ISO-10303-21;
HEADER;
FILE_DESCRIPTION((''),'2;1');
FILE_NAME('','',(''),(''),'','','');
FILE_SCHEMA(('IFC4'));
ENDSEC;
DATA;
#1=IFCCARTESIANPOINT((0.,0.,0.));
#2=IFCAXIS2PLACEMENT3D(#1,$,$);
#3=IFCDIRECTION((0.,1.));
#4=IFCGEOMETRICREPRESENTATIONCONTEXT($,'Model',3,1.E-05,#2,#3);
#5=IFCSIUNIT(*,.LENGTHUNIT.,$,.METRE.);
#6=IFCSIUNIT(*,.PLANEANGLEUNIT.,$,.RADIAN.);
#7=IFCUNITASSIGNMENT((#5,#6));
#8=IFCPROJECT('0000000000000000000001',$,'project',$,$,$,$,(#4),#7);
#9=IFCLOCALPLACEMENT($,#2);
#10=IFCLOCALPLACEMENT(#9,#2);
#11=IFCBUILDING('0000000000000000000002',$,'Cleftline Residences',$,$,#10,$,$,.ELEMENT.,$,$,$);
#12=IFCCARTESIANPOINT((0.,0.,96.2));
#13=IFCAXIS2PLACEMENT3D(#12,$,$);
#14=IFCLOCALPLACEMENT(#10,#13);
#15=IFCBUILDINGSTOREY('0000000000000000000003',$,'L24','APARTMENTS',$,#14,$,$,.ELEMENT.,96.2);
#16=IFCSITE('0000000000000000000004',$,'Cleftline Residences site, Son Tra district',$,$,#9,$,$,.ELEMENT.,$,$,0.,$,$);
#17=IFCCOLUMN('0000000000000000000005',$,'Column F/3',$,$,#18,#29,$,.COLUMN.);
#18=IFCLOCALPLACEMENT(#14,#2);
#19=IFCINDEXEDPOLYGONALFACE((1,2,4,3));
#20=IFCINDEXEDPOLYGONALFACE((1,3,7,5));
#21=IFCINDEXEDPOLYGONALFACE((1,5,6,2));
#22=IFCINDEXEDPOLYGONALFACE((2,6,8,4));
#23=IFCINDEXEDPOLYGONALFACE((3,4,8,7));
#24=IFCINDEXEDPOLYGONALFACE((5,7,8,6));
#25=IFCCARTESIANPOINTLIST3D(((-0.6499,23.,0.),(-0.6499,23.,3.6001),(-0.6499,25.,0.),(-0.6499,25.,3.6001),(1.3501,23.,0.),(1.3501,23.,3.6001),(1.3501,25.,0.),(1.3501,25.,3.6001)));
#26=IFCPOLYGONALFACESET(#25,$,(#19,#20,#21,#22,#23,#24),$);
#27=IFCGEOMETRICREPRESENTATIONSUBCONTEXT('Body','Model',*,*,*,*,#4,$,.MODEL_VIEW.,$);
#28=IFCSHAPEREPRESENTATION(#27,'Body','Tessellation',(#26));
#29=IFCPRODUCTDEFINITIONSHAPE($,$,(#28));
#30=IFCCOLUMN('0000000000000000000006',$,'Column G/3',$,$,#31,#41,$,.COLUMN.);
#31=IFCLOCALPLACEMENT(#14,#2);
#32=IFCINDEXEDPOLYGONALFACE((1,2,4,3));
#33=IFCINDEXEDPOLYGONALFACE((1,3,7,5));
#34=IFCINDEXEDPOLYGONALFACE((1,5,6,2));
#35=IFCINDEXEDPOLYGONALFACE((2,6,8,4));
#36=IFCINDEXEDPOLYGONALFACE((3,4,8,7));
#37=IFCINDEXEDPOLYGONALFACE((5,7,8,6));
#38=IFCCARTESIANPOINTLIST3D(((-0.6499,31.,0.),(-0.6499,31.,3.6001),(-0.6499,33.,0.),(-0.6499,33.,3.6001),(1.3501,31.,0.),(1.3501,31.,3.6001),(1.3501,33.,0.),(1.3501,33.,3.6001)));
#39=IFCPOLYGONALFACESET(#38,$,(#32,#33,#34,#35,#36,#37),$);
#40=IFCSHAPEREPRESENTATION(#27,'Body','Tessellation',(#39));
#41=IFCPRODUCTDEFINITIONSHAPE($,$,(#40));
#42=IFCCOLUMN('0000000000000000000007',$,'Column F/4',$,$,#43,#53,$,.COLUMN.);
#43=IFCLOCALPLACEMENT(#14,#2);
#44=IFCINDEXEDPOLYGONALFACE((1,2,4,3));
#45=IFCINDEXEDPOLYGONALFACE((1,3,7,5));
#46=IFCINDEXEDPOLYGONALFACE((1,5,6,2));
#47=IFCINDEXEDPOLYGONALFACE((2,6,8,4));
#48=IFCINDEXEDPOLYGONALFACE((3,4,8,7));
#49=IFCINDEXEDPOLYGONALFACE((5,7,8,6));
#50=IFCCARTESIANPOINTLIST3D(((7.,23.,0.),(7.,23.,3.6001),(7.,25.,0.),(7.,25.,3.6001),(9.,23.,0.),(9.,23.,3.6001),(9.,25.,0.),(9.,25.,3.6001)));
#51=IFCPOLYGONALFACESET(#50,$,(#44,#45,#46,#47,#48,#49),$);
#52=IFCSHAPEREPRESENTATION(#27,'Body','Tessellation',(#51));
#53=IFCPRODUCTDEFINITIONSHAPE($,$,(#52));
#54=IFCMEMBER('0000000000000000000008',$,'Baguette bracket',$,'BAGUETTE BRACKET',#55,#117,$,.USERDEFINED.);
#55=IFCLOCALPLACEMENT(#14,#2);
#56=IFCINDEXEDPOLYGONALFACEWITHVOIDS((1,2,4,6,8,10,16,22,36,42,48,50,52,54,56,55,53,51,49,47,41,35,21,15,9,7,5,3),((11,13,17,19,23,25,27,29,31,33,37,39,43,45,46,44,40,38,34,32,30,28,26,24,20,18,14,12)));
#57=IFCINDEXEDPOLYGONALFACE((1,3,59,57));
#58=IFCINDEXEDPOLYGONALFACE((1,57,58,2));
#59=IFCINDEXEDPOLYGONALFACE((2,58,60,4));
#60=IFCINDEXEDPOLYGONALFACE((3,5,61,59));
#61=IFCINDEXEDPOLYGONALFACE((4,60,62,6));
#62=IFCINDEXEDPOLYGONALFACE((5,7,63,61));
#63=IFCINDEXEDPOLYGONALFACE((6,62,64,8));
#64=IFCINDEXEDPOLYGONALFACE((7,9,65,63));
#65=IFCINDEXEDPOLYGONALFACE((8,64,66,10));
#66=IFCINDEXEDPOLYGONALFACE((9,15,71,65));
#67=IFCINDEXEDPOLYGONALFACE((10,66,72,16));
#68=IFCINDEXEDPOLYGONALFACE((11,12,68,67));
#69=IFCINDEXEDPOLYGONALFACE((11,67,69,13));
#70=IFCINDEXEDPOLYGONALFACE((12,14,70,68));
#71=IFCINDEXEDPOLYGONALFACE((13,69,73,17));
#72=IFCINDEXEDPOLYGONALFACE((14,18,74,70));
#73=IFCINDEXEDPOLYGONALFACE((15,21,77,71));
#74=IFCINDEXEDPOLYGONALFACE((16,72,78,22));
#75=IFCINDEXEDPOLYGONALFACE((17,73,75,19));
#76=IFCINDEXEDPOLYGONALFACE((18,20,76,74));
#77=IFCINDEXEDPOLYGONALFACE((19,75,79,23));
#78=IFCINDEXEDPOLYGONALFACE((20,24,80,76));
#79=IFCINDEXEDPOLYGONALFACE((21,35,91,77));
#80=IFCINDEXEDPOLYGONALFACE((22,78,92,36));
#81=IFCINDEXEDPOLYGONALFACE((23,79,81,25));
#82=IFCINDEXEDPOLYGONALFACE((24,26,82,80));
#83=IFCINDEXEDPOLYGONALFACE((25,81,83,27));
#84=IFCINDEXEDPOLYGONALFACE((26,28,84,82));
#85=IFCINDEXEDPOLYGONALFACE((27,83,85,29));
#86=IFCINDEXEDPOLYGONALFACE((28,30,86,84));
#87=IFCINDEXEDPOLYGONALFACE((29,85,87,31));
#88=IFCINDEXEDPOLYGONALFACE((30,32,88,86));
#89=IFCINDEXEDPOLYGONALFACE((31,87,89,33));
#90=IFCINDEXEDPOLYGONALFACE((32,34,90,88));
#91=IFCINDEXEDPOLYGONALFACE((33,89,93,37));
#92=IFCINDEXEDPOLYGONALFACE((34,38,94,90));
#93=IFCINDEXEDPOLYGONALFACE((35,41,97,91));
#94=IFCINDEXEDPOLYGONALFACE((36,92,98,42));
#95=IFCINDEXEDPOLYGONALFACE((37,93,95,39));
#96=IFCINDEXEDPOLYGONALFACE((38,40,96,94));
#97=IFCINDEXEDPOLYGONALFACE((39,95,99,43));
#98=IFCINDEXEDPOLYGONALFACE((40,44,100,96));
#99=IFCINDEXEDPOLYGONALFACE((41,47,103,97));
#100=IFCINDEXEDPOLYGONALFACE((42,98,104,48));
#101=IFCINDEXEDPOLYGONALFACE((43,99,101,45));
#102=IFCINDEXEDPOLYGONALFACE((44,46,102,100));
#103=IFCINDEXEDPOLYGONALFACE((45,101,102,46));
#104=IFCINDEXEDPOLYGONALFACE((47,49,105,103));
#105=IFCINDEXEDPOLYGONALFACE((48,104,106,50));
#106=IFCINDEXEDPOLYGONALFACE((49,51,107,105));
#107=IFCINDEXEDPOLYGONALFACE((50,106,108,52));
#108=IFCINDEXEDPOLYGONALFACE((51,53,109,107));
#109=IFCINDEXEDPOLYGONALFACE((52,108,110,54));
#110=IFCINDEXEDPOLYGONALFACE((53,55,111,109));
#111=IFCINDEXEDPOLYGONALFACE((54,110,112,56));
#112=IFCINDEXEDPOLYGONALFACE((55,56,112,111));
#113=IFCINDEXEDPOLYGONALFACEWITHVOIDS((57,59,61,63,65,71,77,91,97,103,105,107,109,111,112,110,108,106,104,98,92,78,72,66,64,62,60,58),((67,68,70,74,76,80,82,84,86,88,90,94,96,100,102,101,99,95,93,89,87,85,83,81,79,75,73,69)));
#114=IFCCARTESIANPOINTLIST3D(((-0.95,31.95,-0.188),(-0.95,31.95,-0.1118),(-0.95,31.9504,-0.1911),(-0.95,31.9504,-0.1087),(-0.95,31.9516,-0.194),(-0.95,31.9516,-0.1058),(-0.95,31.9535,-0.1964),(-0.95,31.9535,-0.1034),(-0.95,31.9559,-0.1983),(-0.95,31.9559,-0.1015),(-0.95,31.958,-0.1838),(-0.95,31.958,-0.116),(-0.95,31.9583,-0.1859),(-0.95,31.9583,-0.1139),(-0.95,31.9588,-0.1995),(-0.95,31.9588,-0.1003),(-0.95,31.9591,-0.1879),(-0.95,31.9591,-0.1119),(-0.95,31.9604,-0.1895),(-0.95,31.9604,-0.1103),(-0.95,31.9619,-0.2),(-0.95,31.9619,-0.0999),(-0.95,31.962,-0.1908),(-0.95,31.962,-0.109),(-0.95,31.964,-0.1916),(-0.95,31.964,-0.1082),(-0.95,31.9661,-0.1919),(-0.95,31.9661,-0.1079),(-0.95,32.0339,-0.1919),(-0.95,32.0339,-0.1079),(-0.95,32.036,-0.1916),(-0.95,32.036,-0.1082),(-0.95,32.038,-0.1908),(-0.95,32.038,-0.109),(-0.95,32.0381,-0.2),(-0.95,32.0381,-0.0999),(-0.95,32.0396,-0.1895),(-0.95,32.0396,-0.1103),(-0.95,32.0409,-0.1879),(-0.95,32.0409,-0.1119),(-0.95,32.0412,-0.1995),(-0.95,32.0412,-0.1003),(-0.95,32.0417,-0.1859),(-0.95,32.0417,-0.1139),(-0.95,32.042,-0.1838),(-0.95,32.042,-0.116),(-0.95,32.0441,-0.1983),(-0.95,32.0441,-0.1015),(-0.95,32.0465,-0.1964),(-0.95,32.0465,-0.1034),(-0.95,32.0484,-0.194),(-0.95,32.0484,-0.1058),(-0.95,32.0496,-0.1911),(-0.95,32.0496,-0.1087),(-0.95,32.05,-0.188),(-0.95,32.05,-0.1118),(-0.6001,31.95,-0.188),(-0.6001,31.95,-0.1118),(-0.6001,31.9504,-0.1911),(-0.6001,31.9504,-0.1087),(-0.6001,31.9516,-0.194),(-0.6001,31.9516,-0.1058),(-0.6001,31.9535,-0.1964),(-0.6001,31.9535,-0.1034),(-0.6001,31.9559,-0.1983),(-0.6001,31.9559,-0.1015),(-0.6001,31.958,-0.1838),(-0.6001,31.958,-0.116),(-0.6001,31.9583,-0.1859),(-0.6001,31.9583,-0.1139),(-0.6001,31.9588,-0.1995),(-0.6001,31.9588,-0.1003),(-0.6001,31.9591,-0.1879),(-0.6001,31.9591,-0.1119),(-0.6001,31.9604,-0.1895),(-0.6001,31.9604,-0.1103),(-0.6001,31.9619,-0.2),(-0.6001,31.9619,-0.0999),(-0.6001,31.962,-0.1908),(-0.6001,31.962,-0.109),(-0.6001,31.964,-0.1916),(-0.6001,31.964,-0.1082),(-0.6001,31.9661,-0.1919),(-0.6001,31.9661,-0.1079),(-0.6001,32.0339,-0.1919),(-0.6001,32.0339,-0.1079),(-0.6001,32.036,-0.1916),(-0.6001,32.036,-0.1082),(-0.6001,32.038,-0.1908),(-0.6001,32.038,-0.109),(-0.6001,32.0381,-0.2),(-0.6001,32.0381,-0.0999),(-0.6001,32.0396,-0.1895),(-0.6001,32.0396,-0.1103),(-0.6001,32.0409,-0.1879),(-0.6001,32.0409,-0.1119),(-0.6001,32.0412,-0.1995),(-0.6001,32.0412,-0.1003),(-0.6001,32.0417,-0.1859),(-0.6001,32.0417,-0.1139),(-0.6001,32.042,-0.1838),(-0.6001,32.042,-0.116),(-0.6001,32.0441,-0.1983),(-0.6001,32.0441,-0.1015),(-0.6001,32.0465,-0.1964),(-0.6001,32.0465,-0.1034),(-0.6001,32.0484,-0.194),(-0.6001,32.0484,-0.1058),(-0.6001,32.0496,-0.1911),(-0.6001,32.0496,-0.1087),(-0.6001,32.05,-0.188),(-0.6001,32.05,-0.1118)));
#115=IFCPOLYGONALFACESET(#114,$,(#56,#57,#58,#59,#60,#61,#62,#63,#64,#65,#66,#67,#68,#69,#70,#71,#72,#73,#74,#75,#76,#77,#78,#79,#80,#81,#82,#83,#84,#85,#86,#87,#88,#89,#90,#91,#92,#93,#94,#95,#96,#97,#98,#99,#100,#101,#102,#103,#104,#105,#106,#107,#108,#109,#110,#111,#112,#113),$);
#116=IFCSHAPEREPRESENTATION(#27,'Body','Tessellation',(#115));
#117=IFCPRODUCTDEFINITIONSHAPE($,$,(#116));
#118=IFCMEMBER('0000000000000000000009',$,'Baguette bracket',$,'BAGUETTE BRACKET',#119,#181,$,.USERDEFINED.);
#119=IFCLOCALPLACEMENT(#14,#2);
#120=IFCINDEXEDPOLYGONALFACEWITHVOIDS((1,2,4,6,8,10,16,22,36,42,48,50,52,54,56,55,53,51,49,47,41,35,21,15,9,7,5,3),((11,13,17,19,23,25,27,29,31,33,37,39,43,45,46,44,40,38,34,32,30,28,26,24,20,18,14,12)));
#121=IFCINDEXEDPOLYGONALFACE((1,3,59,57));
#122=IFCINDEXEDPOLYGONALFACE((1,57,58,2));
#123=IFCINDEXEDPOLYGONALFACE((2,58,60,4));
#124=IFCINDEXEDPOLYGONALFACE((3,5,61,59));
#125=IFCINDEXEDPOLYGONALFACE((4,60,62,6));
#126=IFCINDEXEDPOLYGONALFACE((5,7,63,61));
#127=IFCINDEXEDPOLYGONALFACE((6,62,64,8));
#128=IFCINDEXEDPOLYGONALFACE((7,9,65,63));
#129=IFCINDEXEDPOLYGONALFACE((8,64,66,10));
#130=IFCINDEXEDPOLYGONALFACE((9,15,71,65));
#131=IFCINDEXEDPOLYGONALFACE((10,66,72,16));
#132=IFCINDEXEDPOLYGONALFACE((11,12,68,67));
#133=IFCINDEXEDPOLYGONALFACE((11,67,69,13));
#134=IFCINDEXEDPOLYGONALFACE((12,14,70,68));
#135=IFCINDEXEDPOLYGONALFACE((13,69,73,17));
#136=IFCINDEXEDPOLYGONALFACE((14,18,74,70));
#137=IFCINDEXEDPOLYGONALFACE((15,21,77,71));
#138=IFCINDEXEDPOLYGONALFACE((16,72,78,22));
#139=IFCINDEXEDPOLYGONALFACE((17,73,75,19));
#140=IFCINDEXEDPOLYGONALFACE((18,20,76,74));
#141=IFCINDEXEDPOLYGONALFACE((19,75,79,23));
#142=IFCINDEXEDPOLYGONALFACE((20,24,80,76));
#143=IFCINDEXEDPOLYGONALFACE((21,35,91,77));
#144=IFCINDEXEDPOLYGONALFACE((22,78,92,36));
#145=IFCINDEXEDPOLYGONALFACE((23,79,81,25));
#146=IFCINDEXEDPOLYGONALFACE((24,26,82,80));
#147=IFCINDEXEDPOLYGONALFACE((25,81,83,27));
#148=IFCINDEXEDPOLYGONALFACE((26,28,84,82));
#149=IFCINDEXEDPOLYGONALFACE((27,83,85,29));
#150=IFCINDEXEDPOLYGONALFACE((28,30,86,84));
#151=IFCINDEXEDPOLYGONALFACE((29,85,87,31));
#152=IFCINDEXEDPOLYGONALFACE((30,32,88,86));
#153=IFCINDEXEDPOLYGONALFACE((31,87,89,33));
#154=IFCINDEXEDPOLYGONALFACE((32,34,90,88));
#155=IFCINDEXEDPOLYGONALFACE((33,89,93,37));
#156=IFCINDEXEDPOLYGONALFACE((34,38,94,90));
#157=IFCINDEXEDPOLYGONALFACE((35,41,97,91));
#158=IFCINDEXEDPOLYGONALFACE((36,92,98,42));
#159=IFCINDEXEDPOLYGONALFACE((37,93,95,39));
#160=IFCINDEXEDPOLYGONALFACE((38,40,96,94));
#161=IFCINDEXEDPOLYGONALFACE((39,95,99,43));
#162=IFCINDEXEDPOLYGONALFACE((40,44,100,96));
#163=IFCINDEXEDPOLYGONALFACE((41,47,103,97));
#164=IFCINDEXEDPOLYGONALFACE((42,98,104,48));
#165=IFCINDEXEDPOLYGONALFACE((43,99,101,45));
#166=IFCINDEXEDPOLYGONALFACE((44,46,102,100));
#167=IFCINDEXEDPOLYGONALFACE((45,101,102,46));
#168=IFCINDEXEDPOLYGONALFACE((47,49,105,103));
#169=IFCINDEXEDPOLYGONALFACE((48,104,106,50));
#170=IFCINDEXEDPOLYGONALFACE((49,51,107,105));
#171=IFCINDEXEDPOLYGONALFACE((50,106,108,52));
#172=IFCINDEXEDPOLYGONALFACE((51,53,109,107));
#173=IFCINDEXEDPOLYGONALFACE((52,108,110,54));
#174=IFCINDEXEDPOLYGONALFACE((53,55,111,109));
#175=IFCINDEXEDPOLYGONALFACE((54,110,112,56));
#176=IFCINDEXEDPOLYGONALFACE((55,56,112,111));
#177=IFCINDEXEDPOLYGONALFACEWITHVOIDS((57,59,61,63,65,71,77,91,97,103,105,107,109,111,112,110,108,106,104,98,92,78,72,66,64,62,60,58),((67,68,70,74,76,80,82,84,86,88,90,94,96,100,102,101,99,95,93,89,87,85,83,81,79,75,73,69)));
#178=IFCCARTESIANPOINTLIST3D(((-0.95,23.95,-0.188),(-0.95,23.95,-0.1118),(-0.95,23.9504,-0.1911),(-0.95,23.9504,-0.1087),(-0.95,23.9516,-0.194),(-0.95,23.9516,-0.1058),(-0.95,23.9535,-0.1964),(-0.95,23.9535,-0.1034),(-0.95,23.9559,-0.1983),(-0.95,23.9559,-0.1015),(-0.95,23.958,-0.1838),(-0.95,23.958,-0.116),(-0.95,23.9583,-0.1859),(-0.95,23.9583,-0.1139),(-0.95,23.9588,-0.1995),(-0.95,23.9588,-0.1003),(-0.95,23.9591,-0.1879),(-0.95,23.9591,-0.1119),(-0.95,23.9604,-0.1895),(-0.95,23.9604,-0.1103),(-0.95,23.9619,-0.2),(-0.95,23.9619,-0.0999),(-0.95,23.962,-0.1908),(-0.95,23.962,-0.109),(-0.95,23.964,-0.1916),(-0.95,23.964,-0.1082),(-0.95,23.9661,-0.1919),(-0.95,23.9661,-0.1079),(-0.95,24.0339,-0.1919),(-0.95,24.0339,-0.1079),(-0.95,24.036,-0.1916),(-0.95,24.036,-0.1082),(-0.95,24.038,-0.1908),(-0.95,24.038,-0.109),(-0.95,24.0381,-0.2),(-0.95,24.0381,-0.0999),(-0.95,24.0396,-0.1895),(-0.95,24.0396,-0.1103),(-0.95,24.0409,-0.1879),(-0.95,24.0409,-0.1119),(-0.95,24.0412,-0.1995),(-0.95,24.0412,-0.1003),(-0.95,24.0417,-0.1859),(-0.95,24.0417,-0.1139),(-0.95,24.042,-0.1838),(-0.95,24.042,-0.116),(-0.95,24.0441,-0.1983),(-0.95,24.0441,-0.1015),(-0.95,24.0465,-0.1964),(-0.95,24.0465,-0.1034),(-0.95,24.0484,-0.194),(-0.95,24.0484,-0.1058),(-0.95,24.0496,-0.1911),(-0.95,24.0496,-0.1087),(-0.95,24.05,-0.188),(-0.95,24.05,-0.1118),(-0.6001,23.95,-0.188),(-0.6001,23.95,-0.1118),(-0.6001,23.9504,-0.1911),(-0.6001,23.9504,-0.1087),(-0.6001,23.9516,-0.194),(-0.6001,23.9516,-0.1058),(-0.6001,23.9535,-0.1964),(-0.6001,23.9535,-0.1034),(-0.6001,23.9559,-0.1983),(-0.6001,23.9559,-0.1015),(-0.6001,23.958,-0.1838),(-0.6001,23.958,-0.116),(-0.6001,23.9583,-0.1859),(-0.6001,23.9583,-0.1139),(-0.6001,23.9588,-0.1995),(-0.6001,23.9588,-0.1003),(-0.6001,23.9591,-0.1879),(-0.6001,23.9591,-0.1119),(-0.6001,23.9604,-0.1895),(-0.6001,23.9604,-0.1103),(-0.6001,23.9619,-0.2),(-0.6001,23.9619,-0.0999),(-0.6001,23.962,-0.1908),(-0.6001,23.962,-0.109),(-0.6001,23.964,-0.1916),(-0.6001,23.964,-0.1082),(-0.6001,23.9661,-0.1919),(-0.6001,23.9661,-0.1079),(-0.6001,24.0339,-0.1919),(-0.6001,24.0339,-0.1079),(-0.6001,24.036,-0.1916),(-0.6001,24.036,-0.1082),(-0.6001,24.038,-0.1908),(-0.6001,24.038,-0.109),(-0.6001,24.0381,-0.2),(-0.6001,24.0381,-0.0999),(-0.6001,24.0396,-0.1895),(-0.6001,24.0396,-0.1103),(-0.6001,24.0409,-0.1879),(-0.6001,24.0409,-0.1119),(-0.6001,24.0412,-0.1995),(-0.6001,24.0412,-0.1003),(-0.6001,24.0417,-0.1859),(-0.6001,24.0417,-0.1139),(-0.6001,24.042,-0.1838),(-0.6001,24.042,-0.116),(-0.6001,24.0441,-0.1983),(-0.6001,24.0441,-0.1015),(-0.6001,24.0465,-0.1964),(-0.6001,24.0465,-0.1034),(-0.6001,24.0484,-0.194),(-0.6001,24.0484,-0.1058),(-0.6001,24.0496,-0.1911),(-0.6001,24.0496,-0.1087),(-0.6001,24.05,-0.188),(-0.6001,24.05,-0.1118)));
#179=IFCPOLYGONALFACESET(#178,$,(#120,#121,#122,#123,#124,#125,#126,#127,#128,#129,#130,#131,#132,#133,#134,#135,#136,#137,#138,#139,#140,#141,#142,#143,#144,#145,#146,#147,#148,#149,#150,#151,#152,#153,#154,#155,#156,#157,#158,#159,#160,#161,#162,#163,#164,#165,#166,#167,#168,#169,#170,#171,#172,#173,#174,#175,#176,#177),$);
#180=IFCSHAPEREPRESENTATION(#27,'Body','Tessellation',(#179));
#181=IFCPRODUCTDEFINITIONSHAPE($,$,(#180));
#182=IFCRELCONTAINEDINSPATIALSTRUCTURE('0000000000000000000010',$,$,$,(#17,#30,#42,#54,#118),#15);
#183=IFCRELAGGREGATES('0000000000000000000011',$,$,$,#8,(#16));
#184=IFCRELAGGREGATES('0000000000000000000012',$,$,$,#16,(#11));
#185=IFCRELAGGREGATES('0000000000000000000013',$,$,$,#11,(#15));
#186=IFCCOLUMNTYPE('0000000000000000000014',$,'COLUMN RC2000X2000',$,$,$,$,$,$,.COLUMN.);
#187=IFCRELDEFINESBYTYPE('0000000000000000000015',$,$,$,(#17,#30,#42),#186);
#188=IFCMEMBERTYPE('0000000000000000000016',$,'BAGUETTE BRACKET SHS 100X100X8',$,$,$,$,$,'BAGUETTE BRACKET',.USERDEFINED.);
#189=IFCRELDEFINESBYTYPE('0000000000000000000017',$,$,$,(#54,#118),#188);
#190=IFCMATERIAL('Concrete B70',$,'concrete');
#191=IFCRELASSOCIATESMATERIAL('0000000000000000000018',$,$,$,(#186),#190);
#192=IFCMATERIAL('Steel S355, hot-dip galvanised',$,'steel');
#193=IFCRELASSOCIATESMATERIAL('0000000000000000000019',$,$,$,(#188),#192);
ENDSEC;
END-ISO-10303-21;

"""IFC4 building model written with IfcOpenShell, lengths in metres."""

from ifc_helpers import new_model, si_unit, direction, frame, origin, origin_2d, place, context, subcontext, project, spatial, rectangle, hollow_rectangle, extrude, material, material_profile, profile_set, type_object, element, save


model = new_model("IFC4")

# Units and contexts
model_context = context("Model", 3, precision=1e-05, world=origin(), true_north=direction((0.0, 1.0)))
body_context = subcontext(model_context, "Body", "Model", "MODEL_VIEW")
ifc_project = project(units=[si_unit("LENGTHUNIT", "METRE"), si_unit("PLANEANGLEUNIT", "RADIAN")], contexts=[model_context])

# Site, building, storey
site_placement = place(None, origin())
site = spatial("IfcSite", under=ifc_project, at=site_placement, Name="Cleftline Residences site, Son Tra district", CompositionType="ELEMENT", RefElevation=0.0)
building_placement = place(site_placement, origin())
building = spatial("IfcBuilding", under=site, at=building_placement, Name="Cleftline Residences", CompositionType="ELEMENT")
storey_placement = place(building_placement, frame((0.0, 0.0, 96.2)))
storey = spatial("IfcBuildingStorey", under=building, at=storey_placement, Name="L24", Description="APARTMENTS", CompositionType="ELEMENT", Elevation=96.2)

# Columns
ifc_material_1 = material(Name="Concrete B70", Category="concrete")
ifc_material_profile_1 = material_profile(ifc_material_1, rectangle(XDim=2.0, YDim=2.0, at=origin_2d()))
ifc_profile_set_1 = profile_set([ifc_material_profile_1], Name="Concrete B70")
column_type = type_object("IfcColumnType", Name="COLUMN RC2000X2000", PredefinedType="COLUMN", material=ifc_profile_set_1)
for number, where, z_axis, x_axis, name in (
    (1, (0.3501, 24.0, 0.0), (0.0, 0.0, 1.0), (1.0, 0.0, 0.0), "Column F/3"),
    (2, (0.3501, 32.0, 0.0), (0.0, 0.0, 1.0), (1.0, 0.0, 0.0), "Column G/3"),
    (3, (8.0, 24.0, 0.0), (0.0, 0.0, 1.0), (1.0, 0.0, 0.0), "Column F/4"),
):
    element("IfcColumn", number, at=place(storey_placement, frame(where, z_axis=z_axis, x_axis=x_axis)), inside=storey, type_object=column_type, Name=name, PredefinedType="COLUMN", context=body_context, shape_type="SweptSolid", body=[
        extrude(rectangle(XDim=2.0, YDim=2.0, at=origin_2d()), origin(), (0.0, 0.0, 1.0), 3.6001),
    ])

# Members
ifc_material_2 = material(Name="Steel S355, hot-dip galvanised", Category="steel")
ifc_material_profile_2 = material_profile(ifc_material_2, hollow_rectangle(XDim=0.1001, YDim=0.1001, WallThickness=0.0081, InnerFilletRadius=0.0081, OuterFilletRadius=0.012, at=origin_2d()))
ifc_profile_set_2 = profile_set([ifc_material_profile_2], Name="Steel S355, hot-dip galvanised")
member_type_1 = type_object("IfcMemberType", Name="BAGUETTE BRACKET SHS 100X100X8", ElementType="BAGUETTE BRACKET", PredefinedType="USERDEFINED", material=ifc_profile_set_2)
for number, where, z_axis, x_axis, name in (
    (4, (-0.6001, 32.0, -0.1499), (-1.0, 0.0, 0.0), (0.0, -1.0, 0.0), "Baguette bracket"),
    (5, (-0.6001, 24.0, -0.1499), (-1.0, 0.0, 0.0), (0.0, -1.0, 0.0), "Baguette bracket"),
):
    element("IfcMember", number, at=place(storey_placement, frame(where, z_axis=z_axis, x_axis=x_axis)), inside=storey, type_object=member_type_1, Name=name, ObjectType="BAGUETTE BRACKET", PredefinedType="USERDEFINED", context=body_context, shape_type="SweptSolid", body=[
        extrude(hollow_rectangle(XDim=0.1001, YDim=0.1001, WallThickness=0.0081, InnerFilletRadius=0.0081, OuterFilletRadius=0.012, at=origin_2d()), origin(), (0.0, 0.0, 1.0), 0.3499),
    ])

save(model, "model.ifc")
